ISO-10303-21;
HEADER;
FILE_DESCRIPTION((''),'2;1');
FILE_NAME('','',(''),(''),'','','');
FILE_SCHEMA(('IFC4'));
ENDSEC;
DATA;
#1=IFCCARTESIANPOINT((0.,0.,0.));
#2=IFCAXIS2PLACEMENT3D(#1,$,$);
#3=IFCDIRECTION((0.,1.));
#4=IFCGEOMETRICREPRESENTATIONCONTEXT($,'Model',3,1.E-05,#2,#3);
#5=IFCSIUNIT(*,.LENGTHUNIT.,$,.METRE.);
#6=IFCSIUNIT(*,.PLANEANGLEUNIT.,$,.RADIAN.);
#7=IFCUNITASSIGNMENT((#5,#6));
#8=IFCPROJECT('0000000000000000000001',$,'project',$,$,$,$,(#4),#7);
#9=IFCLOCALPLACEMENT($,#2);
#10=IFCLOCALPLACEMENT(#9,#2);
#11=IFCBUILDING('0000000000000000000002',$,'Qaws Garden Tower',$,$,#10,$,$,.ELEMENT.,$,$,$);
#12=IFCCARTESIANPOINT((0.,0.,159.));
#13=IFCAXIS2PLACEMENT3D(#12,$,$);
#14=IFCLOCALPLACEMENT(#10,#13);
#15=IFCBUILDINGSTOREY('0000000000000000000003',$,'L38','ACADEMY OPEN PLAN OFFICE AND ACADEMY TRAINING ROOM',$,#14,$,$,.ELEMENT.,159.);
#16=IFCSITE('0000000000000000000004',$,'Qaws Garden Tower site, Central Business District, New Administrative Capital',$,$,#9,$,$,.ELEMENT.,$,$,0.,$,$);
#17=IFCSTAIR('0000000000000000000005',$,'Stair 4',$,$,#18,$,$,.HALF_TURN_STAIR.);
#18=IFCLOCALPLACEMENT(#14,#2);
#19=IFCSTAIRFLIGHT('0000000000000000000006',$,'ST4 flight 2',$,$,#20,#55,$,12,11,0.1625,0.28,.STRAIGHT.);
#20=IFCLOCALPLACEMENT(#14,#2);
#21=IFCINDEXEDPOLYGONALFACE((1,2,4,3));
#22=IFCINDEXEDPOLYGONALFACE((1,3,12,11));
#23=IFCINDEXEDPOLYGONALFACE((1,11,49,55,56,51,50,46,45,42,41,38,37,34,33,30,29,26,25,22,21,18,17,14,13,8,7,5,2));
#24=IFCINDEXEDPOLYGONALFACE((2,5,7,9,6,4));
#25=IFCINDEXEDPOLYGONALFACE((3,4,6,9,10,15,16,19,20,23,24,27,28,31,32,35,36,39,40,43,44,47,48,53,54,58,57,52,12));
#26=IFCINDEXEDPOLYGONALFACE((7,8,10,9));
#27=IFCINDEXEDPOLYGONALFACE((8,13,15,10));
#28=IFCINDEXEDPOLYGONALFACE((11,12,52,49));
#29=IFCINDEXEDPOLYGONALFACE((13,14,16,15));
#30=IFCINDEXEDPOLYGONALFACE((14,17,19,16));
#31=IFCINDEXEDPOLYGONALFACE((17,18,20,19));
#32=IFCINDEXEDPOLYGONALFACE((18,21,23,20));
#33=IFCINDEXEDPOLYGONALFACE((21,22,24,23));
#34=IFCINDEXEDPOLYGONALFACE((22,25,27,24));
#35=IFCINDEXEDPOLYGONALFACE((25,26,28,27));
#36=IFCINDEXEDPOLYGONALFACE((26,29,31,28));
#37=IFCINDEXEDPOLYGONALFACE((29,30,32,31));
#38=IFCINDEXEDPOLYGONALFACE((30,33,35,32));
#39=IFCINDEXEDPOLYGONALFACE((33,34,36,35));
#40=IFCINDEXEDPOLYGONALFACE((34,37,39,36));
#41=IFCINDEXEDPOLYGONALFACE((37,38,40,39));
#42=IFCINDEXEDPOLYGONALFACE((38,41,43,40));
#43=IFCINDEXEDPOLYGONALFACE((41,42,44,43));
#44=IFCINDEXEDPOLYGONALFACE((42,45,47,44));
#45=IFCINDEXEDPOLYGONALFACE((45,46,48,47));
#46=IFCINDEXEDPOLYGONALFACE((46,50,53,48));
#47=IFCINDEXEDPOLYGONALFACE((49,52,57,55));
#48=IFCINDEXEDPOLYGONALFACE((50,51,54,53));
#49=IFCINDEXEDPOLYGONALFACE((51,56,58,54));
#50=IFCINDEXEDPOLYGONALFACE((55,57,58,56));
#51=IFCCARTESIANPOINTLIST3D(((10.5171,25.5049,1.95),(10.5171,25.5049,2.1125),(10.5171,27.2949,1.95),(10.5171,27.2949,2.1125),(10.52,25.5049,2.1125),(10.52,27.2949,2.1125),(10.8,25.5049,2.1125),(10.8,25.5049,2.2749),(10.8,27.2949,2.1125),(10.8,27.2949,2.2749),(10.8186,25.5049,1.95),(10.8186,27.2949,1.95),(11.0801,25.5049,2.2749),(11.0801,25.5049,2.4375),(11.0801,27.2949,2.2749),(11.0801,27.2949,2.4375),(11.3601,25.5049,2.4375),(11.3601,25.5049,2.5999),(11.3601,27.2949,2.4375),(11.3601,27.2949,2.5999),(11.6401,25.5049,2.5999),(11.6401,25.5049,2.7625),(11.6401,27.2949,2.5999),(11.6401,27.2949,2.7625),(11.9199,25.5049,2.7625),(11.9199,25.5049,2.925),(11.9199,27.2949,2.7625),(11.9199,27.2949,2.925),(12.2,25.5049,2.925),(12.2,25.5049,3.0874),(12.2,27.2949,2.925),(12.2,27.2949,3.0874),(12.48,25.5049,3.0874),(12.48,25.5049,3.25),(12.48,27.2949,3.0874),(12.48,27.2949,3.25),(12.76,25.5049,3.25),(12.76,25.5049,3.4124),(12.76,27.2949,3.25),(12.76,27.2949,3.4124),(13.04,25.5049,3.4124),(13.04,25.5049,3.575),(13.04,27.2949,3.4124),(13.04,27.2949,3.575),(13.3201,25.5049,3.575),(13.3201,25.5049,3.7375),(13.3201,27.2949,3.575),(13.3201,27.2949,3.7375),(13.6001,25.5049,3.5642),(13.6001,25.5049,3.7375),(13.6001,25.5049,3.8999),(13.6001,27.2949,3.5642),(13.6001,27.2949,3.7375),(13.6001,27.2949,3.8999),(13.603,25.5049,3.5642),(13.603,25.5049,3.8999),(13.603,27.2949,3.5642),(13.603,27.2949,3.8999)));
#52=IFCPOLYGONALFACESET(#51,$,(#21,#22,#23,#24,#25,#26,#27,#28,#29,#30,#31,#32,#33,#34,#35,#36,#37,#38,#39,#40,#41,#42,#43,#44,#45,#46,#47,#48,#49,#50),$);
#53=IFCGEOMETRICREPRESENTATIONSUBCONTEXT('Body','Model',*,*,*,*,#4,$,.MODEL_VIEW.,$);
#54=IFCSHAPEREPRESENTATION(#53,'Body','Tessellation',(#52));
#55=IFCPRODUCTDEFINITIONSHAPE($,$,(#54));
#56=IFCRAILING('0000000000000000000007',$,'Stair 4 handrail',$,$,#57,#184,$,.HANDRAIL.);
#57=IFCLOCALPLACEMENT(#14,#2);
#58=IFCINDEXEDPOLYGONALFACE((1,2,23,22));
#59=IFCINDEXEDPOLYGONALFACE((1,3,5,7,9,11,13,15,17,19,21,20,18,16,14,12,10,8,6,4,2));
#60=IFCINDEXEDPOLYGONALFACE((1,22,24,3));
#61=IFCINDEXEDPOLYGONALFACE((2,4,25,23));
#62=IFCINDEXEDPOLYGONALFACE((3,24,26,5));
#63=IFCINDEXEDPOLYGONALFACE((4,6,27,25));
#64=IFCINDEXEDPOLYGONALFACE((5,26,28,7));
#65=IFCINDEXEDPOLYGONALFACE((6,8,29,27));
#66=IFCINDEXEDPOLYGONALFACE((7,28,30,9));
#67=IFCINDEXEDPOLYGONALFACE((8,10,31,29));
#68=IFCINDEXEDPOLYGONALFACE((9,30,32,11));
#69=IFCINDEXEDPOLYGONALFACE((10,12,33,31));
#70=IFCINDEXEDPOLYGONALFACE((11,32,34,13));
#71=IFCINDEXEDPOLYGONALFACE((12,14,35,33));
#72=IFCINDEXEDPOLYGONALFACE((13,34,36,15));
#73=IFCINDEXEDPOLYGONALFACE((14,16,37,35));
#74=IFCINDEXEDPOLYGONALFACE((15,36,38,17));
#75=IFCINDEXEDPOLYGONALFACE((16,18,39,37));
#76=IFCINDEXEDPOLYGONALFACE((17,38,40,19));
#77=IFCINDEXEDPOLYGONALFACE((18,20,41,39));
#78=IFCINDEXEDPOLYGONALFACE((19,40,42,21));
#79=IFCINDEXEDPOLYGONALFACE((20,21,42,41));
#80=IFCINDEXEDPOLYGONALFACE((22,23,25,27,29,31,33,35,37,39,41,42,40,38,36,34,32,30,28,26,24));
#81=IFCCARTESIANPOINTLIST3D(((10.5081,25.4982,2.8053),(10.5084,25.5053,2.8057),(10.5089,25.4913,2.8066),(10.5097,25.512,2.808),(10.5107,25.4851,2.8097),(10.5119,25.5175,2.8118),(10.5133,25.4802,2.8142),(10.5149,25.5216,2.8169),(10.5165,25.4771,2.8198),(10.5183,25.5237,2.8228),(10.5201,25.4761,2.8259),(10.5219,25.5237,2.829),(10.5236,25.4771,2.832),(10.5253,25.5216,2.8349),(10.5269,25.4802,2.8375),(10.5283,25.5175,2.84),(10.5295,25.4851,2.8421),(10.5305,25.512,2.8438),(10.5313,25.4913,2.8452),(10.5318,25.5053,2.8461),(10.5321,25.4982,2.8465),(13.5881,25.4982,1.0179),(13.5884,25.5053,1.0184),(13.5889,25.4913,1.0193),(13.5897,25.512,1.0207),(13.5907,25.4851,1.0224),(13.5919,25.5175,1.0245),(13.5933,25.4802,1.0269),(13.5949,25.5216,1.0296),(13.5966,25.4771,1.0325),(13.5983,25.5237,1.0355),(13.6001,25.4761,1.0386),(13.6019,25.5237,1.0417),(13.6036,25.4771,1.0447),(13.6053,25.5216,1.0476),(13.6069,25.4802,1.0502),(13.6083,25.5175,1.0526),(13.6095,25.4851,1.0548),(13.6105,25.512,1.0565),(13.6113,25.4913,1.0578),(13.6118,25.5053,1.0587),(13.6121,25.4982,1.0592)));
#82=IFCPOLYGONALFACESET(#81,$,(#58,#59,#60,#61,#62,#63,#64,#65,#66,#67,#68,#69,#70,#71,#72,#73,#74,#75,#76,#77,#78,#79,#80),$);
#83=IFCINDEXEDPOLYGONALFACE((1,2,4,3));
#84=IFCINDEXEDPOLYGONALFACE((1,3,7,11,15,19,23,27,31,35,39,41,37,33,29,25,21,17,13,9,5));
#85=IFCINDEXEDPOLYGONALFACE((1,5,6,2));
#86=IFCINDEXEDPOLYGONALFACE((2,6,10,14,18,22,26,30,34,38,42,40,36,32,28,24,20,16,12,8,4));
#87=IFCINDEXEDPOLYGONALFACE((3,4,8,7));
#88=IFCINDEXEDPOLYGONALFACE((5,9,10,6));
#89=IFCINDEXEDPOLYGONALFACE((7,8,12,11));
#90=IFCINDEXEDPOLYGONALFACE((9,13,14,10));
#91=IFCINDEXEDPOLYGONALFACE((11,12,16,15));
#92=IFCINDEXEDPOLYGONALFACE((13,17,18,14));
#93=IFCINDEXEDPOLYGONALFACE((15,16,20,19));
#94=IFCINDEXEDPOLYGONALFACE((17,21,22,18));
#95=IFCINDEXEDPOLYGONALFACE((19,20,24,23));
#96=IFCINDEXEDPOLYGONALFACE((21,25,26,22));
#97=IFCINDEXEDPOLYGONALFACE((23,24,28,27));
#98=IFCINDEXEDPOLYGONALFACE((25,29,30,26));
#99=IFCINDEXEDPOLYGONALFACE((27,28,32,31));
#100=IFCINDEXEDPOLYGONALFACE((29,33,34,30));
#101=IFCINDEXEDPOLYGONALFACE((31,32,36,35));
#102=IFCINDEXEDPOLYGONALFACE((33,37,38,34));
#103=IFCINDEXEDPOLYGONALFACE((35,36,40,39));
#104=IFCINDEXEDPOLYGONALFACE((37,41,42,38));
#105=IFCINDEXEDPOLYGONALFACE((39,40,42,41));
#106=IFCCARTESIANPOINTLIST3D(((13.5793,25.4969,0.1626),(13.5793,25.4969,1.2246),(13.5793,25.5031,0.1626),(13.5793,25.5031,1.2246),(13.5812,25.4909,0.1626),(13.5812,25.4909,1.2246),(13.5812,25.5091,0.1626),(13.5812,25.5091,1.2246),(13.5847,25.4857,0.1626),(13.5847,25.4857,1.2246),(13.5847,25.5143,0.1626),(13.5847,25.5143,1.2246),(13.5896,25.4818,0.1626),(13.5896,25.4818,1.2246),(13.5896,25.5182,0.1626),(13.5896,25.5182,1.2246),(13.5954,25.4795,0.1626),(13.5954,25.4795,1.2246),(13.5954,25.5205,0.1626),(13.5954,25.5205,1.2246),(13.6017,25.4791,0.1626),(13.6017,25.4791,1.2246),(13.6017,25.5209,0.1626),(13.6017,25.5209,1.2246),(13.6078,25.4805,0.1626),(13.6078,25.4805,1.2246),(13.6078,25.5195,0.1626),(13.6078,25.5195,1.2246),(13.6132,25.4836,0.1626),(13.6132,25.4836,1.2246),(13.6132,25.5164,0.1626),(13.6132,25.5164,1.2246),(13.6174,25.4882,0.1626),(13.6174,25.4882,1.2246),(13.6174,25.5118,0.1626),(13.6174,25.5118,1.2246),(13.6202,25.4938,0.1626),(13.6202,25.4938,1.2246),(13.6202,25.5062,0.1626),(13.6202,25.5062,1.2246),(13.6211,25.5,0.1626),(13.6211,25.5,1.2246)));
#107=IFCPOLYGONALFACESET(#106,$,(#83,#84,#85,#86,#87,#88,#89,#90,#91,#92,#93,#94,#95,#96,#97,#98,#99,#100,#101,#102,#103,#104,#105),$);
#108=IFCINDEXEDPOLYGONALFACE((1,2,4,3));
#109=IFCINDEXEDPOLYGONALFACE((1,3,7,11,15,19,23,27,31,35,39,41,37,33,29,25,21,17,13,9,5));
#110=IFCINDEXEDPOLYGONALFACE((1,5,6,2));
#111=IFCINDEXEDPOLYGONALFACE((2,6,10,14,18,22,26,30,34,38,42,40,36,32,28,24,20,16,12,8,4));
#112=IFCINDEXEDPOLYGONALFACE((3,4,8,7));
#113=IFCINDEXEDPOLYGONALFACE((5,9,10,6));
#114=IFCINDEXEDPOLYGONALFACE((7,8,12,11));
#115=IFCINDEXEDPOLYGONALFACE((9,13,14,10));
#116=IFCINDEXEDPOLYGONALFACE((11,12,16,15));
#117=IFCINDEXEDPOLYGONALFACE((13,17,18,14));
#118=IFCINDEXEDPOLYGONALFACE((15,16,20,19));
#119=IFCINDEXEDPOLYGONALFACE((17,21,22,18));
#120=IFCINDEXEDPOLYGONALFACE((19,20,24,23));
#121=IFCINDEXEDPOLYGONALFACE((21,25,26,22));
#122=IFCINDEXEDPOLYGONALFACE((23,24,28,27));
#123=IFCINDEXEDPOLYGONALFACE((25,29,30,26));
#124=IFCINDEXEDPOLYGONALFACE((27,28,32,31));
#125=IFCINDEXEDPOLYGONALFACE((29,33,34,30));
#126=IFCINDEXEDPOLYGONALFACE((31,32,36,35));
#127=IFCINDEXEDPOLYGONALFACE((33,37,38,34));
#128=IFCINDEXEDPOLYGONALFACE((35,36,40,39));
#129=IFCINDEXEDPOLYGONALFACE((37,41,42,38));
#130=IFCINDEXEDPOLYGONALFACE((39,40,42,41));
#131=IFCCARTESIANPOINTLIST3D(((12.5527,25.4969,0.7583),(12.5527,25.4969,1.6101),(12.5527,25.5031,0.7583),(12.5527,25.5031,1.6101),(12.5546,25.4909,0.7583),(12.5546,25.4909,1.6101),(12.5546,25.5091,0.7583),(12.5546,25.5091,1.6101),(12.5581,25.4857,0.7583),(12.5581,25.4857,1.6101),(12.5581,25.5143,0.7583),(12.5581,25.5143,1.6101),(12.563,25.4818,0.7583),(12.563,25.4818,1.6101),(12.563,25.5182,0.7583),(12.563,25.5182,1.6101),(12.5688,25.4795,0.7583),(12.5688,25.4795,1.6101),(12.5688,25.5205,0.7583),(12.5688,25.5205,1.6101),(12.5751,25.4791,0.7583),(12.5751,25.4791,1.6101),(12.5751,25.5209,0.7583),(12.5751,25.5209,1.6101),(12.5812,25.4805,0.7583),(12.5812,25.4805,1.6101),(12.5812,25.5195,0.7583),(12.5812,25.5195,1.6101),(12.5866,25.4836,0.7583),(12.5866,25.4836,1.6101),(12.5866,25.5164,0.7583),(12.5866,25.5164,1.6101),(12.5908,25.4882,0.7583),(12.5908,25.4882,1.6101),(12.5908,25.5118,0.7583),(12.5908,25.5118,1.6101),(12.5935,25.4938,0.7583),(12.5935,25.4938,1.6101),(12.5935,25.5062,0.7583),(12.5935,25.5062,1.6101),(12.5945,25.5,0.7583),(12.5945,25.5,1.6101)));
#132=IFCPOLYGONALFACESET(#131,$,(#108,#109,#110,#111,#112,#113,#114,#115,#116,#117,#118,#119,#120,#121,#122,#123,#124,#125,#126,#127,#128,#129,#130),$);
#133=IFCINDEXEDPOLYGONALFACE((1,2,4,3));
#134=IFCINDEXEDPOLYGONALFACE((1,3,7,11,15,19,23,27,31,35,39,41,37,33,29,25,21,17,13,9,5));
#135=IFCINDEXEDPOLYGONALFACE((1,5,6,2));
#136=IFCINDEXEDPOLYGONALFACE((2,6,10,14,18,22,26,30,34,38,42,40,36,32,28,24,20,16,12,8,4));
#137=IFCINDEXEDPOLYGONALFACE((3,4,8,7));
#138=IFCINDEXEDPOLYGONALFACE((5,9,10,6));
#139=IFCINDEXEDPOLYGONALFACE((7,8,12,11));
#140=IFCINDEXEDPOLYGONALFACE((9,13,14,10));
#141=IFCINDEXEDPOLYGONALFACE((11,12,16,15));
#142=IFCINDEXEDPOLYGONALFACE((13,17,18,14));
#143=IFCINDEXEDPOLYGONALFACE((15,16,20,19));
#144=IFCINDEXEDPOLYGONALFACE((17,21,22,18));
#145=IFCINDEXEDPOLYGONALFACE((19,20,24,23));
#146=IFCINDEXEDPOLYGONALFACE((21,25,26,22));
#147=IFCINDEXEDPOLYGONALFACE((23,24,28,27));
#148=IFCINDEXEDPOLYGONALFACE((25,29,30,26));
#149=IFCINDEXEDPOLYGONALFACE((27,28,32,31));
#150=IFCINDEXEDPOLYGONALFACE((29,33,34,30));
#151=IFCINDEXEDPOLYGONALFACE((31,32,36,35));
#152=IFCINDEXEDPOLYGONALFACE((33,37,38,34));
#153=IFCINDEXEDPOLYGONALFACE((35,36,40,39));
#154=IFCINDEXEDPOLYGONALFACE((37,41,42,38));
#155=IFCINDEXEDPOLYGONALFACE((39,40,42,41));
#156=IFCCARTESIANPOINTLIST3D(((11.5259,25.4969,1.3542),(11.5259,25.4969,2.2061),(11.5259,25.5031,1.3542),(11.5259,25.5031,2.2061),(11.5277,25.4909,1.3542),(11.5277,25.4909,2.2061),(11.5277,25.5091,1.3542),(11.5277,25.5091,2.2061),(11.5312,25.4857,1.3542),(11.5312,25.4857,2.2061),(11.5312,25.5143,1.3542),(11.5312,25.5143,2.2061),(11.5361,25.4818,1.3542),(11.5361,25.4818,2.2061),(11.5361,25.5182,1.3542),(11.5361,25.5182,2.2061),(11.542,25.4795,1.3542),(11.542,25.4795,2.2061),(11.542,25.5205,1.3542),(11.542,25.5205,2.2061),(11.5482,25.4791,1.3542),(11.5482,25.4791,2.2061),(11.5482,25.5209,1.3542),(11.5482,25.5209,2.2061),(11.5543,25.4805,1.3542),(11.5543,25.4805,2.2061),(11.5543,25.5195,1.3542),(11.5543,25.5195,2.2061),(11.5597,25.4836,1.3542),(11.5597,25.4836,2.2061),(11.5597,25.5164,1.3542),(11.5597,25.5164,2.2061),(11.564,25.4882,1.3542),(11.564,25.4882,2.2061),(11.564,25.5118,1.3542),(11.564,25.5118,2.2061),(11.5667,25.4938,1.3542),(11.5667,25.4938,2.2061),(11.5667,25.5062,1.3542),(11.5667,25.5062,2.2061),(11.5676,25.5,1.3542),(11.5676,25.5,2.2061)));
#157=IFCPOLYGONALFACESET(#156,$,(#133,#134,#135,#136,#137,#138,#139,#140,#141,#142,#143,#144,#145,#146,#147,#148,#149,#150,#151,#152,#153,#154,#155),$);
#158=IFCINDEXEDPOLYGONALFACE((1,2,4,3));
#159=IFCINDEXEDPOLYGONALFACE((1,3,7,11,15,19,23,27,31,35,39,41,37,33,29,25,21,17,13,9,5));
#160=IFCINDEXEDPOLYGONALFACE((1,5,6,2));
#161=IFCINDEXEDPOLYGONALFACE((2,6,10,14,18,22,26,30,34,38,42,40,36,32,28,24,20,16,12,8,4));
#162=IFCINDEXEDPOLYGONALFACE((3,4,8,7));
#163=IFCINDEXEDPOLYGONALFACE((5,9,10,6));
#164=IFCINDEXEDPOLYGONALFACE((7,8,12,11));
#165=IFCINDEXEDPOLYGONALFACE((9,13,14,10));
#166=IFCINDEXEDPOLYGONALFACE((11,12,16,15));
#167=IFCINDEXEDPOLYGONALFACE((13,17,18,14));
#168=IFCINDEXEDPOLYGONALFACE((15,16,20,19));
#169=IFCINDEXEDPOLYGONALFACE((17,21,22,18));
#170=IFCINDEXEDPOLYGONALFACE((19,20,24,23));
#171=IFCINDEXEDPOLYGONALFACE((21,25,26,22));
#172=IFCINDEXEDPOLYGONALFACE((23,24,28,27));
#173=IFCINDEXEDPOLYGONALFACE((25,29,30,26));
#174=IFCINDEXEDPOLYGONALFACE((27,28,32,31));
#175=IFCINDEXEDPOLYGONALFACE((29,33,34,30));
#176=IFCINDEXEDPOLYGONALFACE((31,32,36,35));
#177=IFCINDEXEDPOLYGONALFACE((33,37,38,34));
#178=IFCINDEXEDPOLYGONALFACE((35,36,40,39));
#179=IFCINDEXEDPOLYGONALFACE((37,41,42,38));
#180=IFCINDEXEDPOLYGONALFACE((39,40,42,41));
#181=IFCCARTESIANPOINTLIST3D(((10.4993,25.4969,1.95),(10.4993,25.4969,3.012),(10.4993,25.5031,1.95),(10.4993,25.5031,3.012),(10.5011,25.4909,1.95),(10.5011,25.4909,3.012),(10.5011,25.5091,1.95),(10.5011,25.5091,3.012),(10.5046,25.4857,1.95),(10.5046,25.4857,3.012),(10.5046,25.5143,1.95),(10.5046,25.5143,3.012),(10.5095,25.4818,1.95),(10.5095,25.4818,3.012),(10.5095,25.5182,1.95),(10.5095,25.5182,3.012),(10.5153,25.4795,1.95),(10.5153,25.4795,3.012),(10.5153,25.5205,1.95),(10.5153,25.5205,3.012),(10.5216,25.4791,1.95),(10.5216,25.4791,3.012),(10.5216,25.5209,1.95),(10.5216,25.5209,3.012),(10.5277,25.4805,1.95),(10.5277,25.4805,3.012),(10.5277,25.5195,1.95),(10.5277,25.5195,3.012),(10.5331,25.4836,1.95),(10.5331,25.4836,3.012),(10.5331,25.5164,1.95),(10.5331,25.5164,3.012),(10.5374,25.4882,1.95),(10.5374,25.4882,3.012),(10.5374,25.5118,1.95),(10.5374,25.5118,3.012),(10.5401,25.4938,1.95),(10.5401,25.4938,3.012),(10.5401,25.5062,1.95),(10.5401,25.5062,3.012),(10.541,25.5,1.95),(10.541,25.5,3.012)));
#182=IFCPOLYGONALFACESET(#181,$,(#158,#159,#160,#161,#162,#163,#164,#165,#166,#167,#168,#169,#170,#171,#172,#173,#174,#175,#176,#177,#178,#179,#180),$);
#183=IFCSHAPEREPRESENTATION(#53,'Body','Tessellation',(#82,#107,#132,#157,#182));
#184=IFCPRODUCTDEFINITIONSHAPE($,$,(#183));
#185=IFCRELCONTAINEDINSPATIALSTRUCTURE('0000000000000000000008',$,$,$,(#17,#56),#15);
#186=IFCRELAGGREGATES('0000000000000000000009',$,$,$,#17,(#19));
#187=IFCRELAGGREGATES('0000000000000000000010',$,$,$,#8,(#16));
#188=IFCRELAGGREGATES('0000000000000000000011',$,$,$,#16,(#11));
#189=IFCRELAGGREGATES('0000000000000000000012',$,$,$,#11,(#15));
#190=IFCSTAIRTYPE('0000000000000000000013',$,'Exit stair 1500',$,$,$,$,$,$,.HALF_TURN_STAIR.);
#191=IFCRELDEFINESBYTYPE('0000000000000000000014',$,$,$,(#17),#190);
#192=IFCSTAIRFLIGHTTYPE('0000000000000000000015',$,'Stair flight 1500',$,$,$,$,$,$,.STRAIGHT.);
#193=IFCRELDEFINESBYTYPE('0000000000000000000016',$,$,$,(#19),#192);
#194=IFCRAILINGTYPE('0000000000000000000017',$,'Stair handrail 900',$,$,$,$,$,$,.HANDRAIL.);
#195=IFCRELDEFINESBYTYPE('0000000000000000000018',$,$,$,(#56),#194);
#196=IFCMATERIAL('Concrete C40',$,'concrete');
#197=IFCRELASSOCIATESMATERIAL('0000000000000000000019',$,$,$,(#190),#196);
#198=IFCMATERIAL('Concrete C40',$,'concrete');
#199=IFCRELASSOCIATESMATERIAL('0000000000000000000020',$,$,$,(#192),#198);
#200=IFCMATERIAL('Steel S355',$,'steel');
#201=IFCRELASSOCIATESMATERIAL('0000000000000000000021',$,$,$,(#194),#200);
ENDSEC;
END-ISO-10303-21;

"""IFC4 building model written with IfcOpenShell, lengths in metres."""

from ifc_helpers import new_model, si_unit, direction, frame, origin, origin_2d, place, context, subcontext, project, spatial, polyline, circle, outline, extrude, material, type_object, element, aggregate, save


model = new_model("IFC4")

# Units and contexts
model_context = context("Model", 3, precision=1e-05, world=origin(), true_north=direction((0.0, 1.0)))
body_context = subcontext(model_context, "Body", "Model", "MODEL_VIEW")
ifc_project = project(units=[si_unit("LENGTHUNIT", "METRE"), si_unit("PLANEANGLEUNIT", "RADIAN")], contexts=[model_context])

# Site, building, storey
site_placement = place(None, origin())
site = spatial("IfcSite", under=ifc_project, at=site_placement, Name="Qaws Garden Tower site, Central Business District, New Administrative Capital", CompositionType="ELEMENT", RefElevation=0.0)
building_placement = place(site_placement, origin())
building = spatial("IfcBuilding", under=site, at=building_placement, Name="Qaws Garden Tower", CompositionType="ELEMENT")
storey_placement = place(building_placement, frame((0.0, 0.0, 159.0)))
storey = spatial("IfcBuildingStorey", under=building, at=storey_placement, Name="L38", Description="ACADEMY OPEN PLAN OFFICE AND ACADEMY TRAINING ROOM", CompositionType="ELEMENT", Elevation=159.0)

# Stair, stair flight
ifc_material_1 = material(Name="Concrete C40", Category="concrete")
stair_type = type_object("IfcStairType", Name="Exit stair 1500", PredefinedType="HALF_TURN_STAIR", material=ifc_material_1)
stair_placement = place(storey_placement, origin())
stair = element("IfcStair", 1, at=stair_placement, inside=storey, type_object=stair_type, Name="Stair 4", PredefinedType="HALF_TURN_STAIR")
ifc_material_2 = material(Name="Concrete C40", Category="concrete")
stair_flight_type = type_object("IfcStairFlightType", Name="Stair flight 1500", PredefinedType="STRAIGHT", material=ifc_material_2)
stair_flight_1_placement = place(storey_placement, frame((10.52, 26.3999, 1.95), z_axis=(0.0, 0.0, 1.0), x_axis=(1.0, 0.0, 0.0)))
stair_flight_1 = element("IfcStairFlight", 2, at=stair_flight_1_placement, type_object=stair_flight_type, Name="ST4 flight 2", NumberOfRisers=12, NumberOfTreads=11, PredefinedType="STRAIGHT", RiserHeight=0.1625, TreadLength=0.28, context=body_context, shape_type="SweptSolid", body=[
    extrude(outline(polyline([(-0.0029, 0.0), (-0.0029, 0.1626), (0.0, 0.1626), (0.28, 0.1626), (0.28, 0.325), (0.5601, 0.325), (0.5601, 0.4875), (0.8401, 0.4875), (0.8401, 0.6499), (1.1201, 0.6499), (1.1201, 0.8125), (1.3999, 0.8125), (1.3999, 0.9751), (1.6799, 0.9751), (1.6799, 1.1375), (1.96, 1.1375), (1.96, 1.3), (2.24, 1.3), (2.24, 1.4624), (2.52, 1.4624), (2.52, 1.625), (2.8, 1.625), (2.8, 1.7876), (3.0801, 1.7876), (3.0801, 1.95), (3.083, 1.95), (3.083, 1.6143), (3.0801, 1.6143), (0.2986, 0.0), (-0.0029, 0.0)])), frame((0.0, 0.895, 0.0), z_axis=(0.0, -1.0, 0.0), x_axis=(1.0, 0.0, 0.0)), (0.0, 0.0, 1.0), 1.79),
])
aggregate(stair, [stair_flight_1])

# Railing
ifc_material_3 = material(Name="Steel S355", Category="steel")
railing_type = type_object("IfcRailingType", Name="Stair handrail 900", PredefinedType="HANDRAIL", material=ifc_material_3)
railing_1_placement = place(storey_placement, frame((13.6001, 25.5, 0.1626)))
element("IfcRailing", 3, at=railing_1_placement, inside=storey, type_object=railing_type, Name="Stair 4 handrail", PredefinedType="HANDRAIL", context=body_context, shape_type="SweptSolid", body=[
    extrude(circle(Radius=0.0239, at=origin_2d()), frame((0.0, 0.0, 0.876), z_axis=(-0.86492, 0.0, 0.501909), x_axis=(0.0, -1.0, 0.0)), (0.0, 0.0, 1.0), 3.561),
    extrude(circle(Radius=0.021, at=origin_2d()), origin(), (0.0, 0.0, 1.0), 1.062),
    extrude(circle(Radius=0.021, at=origin_2d()), frame((-1.0266, 0.0, 0.5957)), (0.0, 0.0, 1.0), 0.8518),
    extrude(circle(Radius=0.021, at=origin_2d()), frame((-2.0535, 0.0, 1.1917)), (0.0, 0.0, 1.0), 0.8518),
    extrude(circle(Radius=0.021, at=origin_2d()), frame((-3.0801, 0.0, 1.7874)), (0.0, 0.0, 1.0), 1.062),
])

save(model, "model.ifc")
